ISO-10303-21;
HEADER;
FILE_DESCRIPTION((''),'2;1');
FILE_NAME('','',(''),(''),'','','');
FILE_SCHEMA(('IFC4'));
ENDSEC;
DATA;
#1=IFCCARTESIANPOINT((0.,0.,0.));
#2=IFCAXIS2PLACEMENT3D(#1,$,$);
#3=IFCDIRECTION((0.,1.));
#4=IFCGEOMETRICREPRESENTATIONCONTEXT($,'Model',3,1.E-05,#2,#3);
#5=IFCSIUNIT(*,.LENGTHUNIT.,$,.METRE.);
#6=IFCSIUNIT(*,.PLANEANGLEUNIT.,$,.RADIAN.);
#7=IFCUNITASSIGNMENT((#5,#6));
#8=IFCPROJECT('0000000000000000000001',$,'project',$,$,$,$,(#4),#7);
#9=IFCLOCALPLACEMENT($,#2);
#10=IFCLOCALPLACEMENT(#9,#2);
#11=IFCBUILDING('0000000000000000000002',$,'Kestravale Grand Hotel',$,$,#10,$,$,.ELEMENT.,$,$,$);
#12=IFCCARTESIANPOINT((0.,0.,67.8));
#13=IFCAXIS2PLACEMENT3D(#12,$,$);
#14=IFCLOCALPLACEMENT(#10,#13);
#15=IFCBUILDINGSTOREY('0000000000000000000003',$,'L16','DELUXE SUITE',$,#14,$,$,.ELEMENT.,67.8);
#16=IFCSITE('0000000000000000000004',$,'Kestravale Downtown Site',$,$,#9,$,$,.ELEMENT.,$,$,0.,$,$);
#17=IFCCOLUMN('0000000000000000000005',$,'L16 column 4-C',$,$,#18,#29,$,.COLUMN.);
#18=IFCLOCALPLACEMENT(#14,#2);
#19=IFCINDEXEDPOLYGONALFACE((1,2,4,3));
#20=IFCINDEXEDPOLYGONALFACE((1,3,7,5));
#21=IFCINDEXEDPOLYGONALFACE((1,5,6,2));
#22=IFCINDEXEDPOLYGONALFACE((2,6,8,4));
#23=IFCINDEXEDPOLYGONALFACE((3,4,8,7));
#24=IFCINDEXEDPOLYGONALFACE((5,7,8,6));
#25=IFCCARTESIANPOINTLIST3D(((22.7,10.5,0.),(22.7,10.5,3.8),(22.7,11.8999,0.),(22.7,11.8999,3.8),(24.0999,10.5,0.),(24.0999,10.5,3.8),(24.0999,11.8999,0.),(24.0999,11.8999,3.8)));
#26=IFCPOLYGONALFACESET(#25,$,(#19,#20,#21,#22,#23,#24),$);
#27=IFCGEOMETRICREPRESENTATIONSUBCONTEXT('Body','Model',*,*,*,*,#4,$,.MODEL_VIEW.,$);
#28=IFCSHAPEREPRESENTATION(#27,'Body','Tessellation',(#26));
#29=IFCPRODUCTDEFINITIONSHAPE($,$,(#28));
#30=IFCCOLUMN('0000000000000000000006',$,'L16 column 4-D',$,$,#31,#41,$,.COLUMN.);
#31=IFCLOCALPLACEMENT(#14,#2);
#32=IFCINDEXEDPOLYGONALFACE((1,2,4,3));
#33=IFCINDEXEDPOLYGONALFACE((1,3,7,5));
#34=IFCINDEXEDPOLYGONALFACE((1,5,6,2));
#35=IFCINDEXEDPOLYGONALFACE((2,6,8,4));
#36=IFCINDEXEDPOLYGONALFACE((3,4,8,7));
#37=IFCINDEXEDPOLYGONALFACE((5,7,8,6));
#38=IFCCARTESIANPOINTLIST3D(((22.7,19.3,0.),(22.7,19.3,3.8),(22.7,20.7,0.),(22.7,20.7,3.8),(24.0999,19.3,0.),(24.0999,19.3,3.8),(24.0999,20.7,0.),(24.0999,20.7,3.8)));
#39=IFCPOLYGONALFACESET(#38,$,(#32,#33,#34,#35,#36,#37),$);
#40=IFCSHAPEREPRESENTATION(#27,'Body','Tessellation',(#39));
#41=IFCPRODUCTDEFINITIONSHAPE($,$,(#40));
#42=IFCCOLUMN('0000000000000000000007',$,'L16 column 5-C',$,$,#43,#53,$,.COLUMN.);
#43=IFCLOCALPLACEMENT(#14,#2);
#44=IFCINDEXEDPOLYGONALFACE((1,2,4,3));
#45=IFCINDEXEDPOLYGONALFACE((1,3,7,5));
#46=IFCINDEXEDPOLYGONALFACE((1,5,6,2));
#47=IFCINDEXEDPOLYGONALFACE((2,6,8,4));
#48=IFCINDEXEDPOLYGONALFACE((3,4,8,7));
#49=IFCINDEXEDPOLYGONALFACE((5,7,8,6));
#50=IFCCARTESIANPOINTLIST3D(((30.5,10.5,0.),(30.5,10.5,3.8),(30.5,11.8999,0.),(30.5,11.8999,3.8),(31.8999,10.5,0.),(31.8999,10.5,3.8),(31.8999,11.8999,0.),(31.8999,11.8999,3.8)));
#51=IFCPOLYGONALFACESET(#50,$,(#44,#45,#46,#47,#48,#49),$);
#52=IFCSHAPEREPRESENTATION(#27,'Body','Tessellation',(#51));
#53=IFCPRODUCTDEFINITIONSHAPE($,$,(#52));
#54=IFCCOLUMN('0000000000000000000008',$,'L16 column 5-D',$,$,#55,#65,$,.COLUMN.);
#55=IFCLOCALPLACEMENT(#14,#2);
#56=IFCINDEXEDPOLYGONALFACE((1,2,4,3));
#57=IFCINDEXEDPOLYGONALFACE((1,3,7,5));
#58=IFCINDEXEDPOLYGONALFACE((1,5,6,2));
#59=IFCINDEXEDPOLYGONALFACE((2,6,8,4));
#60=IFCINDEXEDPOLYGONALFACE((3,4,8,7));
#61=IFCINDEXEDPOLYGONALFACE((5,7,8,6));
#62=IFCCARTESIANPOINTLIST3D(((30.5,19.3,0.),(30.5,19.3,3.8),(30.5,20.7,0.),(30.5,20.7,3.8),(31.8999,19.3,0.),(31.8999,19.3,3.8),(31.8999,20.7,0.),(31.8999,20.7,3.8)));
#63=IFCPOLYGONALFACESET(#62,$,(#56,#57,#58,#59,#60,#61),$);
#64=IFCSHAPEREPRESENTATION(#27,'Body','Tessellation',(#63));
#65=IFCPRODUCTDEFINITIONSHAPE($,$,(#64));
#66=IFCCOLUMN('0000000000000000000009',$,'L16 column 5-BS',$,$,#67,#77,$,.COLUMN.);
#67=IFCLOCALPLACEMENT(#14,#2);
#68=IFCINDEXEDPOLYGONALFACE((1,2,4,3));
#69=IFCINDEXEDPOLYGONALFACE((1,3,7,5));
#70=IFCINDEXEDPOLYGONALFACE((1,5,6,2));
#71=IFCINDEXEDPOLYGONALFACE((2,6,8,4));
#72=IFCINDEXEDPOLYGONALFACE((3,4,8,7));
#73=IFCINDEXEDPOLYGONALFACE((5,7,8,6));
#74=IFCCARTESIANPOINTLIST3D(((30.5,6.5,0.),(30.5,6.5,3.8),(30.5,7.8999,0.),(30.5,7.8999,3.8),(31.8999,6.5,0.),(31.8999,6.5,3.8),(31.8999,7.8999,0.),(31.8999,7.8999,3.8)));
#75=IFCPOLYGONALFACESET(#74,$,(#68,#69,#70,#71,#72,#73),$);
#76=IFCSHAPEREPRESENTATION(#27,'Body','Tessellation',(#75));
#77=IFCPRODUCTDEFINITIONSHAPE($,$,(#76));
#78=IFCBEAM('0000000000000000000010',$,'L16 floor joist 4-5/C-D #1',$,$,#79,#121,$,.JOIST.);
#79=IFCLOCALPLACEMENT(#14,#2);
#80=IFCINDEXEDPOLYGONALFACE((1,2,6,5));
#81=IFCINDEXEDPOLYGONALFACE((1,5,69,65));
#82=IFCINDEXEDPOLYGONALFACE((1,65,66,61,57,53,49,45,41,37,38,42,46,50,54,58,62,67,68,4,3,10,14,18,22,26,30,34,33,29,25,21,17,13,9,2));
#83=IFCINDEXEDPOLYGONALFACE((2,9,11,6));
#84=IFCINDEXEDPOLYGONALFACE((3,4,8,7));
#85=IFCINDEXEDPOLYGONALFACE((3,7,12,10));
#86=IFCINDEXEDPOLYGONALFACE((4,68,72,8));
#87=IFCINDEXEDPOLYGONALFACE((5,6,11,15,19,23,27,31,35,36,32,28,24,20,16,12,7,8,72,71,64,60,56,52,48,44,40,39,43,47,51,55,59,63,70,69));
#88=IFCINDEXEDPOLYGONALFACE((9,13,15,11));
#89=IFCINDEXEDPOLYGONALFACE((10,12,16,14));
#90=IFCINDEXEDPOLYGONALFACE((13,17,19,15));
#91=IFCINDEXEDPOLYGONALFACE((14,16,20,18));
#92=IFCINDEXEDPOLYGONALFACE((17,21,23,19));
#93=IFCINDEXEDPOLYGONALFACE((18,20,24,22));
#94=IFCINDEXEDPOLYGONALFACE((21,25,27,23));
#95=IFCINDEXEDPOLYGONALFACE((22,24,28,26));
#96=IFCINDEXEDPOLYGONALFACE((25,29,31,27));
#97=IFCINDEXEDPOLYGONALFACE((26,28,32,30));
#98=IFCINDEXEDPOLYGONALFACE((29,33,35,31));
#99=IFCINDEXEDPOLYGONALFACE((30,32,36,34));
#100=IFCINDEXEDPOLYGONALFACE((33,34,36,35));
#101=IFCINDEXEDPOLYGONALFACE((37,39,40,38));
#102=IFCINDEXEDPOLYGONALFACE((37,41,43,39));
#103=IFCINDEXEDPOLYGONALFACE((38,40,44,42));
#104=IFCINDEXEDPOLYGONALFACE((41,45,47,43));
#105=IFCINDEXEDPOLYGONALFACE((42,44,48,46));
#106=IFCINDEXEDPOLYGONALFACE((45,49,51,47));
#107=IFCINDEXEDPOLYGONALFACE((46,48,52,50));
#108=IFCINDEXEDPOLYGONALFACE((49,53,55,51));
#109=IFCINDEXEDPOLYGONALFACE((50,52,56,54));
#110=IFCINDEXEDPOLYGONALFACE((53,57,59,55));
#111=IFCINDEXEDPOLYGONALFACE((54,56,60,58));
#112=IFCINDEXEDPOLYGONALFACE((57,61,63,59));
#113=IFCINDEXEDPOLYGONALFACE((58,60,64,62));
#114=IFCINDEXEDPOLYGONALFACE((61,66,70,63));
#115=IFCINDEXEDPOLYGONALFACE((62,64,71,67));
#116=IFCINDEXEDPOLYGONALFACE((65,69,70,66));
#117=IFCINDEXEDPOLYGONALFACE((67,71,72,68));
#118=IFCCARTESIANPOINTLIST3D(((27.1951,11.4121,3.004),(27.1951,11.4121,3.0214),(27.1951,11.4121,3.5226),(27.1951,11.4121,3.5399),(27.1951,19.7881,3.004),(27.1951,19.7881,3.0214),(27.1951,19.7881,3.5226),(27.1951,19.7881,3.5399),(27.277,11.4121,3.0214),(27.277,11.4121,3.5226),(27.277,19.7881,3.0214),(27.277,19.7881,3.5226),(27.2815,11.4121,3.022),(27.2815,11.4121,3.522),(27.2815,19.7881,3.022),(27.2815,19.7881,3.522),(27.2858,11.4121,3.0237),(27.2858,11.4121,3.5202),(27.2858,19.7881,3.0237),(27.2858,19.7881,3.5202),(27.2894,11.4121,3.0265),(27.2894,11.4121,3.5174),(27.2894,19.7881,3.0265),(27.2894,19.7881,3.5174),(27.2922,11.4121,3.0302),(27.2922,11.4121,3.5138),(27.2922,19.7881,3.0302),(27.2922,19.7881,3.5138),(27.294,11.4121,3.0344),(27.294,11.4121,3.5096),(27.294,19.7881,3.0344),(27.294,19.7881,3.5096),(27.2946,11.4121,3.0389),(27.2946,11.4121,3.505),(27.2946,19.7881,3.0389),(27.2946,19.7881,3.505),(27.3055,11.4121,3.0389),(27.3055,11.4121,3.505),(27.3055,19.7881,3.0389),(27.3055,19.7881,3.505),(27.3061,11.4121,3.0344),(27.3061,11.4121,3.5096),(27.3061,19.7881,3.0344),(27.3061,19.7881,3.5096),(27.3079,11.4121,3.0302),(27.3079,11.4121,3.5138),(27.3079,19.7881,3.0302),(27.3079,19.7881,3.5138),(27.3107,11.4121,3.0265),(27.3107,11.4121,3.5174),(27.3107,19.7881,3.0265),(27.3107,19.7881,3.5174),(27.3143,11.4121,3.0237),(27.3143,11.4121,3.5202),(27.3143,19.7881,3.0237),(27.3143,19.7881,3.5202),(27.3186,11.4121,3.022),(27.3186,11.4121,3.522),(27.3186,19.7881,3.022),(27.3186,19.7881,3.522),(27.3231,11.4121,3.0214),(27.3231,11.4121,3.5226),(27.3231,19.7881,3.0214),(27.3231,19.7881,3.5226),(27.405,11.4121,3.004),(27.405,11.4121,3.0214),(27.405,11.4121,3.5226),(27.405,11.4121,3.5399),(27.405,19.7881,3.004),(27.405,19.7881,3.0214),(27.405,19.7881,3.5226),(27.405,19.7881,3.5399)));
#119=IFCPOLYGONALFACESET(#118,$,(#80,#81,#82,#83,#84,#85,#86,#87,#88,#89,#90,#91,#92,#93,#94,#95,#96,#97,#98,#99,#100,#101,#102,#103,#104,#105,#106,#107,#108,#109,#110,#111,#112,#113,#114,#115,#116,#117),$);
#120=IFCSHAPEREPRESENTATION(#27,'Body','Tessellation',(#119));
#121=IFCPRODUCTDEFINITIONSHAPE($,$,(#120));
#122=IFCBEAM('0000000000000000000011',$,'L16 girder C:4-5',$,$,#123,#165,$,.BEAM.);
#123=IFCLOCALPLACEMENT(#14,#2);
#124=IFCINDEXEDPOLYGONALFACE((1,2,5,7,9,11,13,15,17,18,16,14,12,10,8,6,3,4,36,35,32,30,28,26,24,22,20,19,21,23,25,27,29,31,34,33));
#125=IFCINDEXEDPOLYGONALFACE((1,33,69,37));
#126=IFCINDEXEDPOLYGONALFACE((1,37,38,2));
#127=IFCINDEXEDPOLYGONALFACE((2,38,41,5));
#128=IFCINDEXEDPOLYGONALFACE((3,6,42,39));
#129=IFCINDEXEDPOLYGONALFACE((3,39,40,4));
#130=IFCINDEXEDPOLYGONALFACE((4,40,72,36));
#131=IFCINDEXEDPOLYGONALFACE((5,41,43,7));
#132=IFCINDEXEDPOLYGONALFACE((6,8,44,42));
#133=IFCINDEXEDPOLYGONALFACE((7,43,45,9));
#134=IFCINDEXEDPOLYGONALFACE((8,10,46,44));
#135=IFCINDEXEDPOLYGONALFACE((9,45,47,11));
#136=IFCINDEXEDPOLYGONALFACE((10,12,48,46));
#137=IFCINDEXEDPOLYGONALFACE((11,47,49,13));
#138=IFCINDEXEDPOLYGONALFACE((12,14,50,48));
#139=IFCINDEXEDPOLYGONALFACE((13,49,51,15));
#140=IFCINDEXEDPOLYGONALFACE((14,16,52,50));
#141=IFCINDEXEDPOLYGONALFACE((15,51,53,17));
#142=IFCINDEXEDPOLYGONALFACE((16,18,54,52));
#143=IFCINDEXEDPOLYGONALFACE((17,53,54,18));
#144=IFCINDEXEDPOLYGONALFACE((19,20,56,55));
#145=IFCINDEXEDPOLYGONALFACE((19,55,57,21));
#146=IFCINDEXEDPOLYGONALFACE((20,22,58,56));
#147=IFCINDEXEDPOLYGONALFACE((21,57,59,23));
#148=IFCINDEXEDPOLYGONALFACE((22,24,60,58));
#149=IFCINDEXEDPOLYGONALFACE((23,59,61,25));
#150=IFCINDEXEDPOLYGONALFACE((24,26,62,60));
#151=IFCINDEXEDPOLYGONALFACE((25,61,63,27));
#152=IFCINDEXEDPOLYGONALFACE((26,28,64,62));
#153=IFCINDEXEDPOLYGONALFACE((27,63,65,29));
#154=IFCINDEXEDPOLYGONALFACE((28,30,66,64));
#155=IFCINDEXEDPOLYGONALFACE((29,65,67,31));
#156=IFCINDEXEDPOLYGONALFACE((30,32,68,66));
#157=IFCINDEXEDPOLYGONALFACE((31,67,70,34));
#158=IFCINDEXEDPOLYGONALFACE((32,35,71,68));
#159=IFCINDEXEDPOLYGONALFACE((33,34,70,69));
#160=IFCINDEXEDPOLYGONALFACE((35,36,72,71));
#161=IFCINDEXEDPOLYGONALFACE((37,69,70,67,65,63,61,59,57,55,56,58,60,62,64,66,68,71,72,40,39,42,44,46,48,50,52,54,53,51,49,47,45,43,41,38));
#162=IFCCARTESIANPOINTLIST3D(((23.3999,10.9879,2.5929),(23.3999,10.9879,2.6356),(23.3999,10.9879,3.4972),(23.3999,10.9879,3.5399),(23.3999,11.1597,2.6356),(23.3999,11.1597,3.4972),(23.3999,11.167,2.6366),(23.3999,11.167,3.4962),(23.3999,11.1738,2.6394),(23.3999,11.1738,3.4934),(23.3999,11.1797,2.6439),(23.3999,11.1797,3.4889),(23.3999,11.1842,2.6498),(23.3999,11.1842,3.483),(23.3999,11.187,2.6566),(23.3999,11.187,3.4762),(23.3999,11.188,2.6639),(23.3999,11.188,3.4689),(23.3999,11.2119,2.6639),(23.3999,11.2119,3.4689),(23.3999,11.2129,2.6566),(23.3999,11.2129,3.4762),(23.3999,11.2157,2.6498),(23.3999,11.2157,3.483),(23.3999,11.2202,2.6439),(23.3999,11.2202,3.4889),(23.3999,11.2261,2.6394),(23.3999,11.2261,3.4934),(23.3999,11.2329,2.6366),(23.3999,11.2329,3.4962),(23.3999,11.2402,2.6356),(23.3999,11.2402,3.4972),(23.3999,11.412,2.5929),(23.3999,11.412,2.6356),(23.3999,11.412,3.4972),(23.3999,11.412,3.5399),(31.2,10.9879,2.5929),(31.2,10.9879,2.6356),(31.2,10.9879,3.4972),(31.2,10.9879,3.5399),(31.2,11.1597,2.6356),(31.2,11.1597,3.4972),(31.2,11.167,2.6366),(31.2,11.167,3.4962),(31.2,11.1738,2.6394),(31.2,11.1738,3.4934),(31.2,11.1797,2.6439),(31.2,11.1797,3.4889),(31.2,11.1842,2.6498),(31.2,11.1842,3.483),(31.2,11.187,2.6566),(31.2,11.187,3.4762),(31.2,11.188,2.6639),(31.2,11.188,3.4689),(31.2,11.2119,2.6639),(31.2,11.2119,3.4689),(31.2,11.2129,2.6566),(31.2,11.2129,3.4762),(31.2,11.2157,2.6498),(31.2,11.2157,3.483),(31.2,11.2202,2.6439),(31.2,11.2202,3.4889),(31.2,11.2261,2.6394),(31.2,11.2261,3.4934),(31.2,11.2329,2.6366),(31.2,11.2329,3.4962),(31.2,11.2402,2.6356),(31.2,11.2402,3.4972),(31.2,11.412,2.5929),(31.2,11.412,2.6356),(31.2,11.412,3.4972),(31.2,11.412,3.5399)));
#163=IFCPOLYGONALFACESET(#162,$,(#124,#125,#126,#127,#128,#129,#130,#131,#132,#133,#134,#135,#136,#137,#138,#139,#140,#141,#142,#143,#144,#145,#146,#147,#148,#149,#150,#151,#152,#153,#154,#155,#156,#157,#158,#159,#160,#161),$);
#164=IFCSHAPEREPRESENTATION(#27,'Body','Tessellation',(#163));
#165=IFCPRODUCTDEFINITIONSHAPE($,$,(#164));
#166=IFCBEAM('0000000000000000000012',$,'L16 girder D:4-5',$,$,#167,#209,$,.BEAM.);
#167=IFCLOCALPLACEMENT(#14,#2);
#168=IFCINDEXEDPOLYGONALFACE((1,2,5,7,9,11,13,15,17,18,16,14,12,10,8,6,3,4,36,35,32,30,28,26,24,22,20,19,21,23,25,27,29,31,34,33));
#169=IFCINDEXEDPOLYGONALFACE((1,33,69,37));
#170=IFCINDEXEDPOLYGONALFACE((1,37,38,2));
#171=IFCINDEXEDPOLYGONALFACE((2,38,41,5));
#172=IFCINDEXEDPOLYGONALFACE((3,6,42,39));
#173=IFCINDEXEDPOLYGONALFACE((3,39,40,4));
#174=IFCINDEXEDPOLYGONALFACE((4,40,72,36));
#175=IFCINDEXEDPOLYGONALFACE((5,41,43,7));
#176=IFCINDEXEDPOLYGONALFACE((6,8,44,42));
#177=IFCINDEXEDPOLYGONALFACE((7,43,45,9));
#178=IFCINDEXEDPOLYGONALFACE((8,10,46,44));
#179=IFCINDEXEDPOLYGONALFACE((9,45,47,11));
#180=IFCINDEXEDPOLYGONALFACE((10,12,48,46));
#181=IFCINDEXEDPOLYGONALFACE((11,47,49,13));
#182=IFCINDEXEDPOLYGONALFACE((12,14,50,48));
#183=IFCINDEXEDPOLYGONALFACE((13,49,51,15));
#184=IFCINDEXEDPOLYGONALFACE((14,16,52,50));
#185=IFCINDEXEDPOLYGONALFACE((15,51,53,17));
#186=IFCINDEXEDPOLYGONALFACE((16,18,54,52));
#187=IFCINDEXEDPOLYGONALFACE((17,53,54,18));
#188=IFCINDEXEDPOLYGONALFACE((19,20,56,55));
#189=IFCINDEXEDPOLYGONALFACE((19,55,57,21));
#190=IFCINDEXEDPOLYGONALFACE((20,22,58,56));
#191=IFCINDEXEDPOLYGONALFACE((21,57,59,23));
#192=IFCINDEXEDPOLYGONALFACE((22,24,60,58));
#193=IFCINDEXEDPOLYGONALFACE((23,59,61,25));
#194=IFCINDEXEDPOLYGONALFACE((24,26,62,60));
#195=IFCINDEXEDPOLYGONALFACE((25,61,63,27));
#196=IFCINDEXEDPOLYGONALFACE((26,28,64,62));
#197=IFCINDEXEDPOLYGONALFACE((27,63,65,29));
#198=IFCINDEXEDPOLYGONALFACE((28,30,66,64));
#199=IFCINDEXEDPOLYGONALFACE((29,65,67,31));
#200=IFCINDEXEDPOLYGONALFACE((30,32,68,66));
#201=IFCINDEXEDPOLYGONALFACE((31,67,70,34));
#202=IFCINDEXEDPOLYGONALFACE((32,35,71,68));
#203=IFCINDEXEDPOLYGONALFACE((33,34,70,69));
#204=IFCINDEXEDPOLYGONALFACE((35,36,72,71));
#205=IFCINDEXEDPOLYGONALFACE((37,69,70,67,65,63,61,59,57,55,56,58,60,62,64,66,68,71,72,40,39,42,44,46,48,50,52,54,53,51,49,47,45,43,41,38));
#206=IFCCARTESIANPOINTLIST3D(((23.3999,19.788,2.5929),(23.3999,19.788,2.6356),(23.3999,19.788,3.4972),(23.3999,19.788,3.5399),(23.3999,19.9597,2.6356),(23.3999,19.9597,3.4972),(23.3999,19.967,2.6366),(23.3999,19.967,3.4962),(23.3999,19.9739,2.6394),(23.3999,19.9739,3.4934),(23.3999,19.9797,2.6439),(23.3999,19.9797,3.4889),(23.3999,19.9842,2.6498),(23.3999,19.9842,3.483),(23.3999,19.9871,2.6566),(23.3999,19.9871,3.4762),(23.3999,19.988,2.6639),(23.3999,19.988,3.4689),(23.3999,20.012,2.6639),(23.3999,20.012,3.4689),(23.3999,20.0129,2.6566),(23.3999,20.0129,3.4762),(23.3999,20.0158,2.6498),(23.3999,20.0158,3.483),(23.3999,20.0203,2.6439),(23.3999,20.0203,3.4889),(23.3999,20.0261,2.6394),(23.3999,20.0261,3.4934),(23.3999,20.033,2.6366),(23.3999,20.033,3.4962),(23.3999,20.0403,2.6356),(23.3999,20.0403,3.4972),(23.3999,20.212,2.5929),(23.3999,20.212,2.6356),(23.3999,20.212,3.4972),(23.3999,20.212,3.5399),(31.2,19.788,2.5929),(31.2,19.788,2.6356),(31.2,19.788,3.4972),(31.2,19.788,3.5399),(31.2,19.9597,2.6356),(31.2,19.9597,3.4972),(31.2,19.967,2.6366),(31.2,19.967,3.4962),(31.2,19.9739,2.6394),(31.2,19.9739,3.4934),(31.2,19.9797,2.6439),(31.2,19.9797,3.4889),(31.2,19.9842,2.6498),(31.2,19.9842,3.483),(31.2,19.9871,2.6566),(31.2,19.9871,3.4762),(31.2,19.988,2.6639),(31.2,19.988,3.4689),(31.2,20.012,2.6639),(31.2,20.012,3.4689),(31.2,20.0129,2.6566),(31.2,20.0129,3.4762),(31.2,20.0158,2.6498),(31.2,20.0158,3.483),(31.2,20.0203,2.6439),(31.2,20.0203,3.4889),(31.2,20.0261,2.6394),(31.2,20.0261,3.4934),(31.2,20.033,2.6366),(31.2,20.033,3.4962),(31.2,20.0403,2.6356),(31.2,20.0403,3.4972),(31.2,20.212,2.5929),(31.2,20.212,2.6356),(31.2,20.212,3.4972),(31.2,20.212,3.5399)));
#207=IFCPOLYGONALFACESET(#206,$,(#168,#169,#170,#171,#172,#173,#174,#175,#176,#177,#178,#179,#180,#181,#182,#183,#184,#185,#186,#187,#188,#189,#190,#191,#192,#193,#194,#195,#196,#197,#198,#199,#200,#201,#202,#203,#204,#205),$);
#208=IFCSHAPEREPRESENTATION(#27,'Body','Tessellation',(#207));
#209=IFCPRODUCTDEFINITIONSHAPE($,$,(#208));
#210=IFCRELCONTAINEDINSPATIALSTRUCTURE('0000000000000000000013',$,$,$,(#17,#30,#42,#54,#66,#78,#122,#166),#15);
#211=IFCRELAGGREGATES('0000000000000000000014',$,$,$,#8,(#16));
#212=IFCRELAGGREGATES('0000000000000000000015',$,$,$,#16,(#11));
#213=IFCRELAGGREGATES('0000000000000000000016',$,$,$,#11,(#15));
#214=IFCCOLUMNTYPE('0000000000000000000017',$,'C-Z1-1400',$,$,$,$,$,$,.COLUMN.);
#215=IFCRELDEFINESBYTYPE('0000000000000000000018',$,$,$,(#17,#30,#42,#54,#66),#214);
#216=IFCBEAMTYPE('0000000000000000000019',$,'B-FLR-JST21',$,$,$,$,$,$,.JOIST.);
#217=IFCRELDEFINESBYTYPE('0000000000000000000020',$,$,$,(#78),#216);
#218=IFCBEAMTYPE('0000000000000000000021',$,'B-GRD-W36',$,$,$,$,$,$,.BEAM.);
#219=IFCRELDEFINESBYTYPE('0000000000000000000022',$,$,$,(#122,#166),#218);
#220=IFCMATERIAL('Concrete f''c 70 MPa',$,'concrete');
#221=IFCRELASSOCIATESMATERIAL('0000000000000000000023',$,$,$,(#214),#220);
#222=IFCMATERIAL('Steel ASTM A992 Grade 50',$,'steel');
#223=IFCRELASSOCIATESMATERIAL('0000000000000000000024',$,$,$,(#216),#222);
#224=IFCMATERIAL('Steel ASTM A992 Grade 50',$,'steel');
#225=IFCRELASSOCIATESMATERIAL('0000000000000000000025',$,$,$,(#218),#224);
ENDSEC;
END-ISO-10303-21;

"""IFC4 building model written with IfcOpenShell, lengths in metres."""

from ifc_helpers import new_model, si_unit, direction, frame, origin, origin_2d, place, context, subcontext, project, spatial, rectangle, i_section, extrude, material, material_profile, profile_set, type_object, element, save


model = new_model("IFC4")

# Units and contexts
model_context = context("Model", 3, precision=1e-05, world=origin(), true_north=direction((0.0, 1.0)))
body_context = subcontext(model_context, "Body", "Model", "MODEL_VIEW")
ifc_project = project(units=[si_unit("LENGTHUNIT", "METRE"), si_unit("PLANEANGLEUNIT", "RADIAN")], contexts=[model_context])

# Site, building, storey
site_placement = place(None, origin())
site = spatial("IfcSite", under=ifc_project, at=site_placement, Name="Kestravale Downtown Site", CompositionType="ELEMENT", RefElevation=0.0)
building_placement = place(site_placement, origin())
building = spatial("IfcBuilding", under=site, at=building_placement, Name="Kestravale Grand Hotel", CompositionType="ELEMENT")
storey_placement = place(building_placement, frame((0.0, 0.0, 67.8)))
storey = spatial("IfcBuildingStorey", under=building, at=storey_placement, Name="L16", Description="DELUXE SUITE", CompositionType="ELEMENT", Elevation=67.8)

# Columns
ifc_material_1 = material(Name="Concrete f'c 70 MPa", Category="concrete")
ifc_material_profile_1 = material_profile(ifc_material_1, rectangle(XDim=1.3999, YDim=1.3999, at=origin_2d()))
ifc_profile_set_1 = profile_set([ifc_material_profile_1], Name="Concrete f'c 70 MPa")
column_type = type_object("IfcColumnType", Name="C-Z1-1400", PredefinedType="COLUMN", material=ifc_profile_set_1)
for number, where, z_axis, x_axis, name in (
    (1, (23.3999, 11.2, 0.0), (0.0, 0.0, 1.0), (1.0, 0.0, 0.0), "L16 column 4-C"),
    (2, (23.3999, 20.0, 0.0), (0.0, 0.0, 1.0), (1.0, 0.0, 0.0), "L16 column 4-D"),
    (3, (31.2, 11.2, 0.0), (0.0, 0.0, 1.0), (1.0, 0.0, 0.0), "L16 column 5-C"),
    (4, (31.2, 20.0, 0.0), (0.0, 0.0, 1.0), (1.0, 0.0, 0.0), "L16 column 5-D"),
    (5, (31.2, 7.2, 0.0), (0.0, 0.0, 1.0), (1.0, 0.0, 0.0), "L16 column 5-BS"),
):
    element("IfcColumn", number, at=place(storey_placement, frame(where, z_axis=z_axis, x_axis=x_axis)), inside=storey, type_object=column_type, Name=name, PredefinedType="COLUMN", context=body_context, shape_type="SweptSolid", body=[
        extrude(rectangle(XDim=1.3999, YDim=1.3999, at=origin_2d()), origin(), (0.0, 0.0, 1.0), 3.8),
    ])

# Beams
ifc_material_2 = material(Name="Steel ASTM A992 Grade 50", Category="steel")
ifc_material_profile_2 = material_profile(ifc_material_2, i_section(OverallWidth=0.21, OverallDepth=0.5359, WebThickness=0.011, FlangeThickness=0.0173, FilletRadius=0.0176, at=origin_2d()))
ifc_profile_set_2 = profile_set([ifc_material_profile_2], Name="Steel ASTM A992 Grade 50")
beam_type_1 = type_object("IfcBeamType", Name="B-FLR-JST21", PredefinedType="JOIST", material=ifc_profile_set_2)
beam_1_placement = place(storey_placement, frame((27.3, 11.4121, 3.272), z_axis=(0.0, 1.0, 0.0), x_axis=(-1.0, 0.0, 0.0)))
element("IfcBeam", 6, at=beam_1_placement, inside=storey, type_object=beam_type_1, Name="L16 floor joist 4-5/C-D #1", PredefinedType="JOIST", context=body_context, shape_type="SweptSolid", body=[
    extrude(i_section(OverallWidth=0.21, OverallDepth=0.5359, WebThickness=0.011, FlangeThickness=0.0173, FilletRadius=0.0176, at=origin_2d()), origin(), (0.0, 0.0, 1.0), 8.376),
])
ifc_material_3 = material(Name="Steel ASTM A992 Grade 50", Category="steel")
ifc_material_profile_3 = material_profile(ifc_material_3, i_section(OverallWidth=0.4241, OverallDepth=0.947, WebThickness=0.0239, FlangeThickness=0.0427, FilletRadius=0.0283, at=origin_2d()))
ifc_profile_set_3 = profile_set([ifc_material_profile_3], Name="Steel ASTM A992 Grade 50")
beam_type_2 = type_object("IfcBeamType", Name="B-GRD-W36", PredefinedType="BEAM", material=ifc_profile_set_3)
for number, where, z_axis, x_axis, name in (
    (7, (23.3999, 11.2, 3.0664), (1.0, 0.0, 0.0), (0.0, 1.0, 0.0), "L16 girder C:4-5"),
    (8, (23.3999, 20.0, 3.0664), (1.0, 0.0, 0.0), (0.0, 1.0, 0.0), "L16 girder D:4-5"),
):
    element("IfcBeam", number, at=place(storey_placement, frame(where, z_axis=z_axis, x_axis=x_axis)), inside=storey, type_object=beam_type_2, Name=name, PredefinedType="BEAM", context=body_context, shape_type="SweptSolid", body=[
        extrude(i_section(OverallWidth=0.4241, OverallDepth=0.947, WebThickness=0.0239, FlangeThickness=0.0427, FilletRadius=0.0283, at=origin_2d()), origin(), (0.0, 0.0, 1.0), 7.8),
    ])

save(model, "model.ifc")
